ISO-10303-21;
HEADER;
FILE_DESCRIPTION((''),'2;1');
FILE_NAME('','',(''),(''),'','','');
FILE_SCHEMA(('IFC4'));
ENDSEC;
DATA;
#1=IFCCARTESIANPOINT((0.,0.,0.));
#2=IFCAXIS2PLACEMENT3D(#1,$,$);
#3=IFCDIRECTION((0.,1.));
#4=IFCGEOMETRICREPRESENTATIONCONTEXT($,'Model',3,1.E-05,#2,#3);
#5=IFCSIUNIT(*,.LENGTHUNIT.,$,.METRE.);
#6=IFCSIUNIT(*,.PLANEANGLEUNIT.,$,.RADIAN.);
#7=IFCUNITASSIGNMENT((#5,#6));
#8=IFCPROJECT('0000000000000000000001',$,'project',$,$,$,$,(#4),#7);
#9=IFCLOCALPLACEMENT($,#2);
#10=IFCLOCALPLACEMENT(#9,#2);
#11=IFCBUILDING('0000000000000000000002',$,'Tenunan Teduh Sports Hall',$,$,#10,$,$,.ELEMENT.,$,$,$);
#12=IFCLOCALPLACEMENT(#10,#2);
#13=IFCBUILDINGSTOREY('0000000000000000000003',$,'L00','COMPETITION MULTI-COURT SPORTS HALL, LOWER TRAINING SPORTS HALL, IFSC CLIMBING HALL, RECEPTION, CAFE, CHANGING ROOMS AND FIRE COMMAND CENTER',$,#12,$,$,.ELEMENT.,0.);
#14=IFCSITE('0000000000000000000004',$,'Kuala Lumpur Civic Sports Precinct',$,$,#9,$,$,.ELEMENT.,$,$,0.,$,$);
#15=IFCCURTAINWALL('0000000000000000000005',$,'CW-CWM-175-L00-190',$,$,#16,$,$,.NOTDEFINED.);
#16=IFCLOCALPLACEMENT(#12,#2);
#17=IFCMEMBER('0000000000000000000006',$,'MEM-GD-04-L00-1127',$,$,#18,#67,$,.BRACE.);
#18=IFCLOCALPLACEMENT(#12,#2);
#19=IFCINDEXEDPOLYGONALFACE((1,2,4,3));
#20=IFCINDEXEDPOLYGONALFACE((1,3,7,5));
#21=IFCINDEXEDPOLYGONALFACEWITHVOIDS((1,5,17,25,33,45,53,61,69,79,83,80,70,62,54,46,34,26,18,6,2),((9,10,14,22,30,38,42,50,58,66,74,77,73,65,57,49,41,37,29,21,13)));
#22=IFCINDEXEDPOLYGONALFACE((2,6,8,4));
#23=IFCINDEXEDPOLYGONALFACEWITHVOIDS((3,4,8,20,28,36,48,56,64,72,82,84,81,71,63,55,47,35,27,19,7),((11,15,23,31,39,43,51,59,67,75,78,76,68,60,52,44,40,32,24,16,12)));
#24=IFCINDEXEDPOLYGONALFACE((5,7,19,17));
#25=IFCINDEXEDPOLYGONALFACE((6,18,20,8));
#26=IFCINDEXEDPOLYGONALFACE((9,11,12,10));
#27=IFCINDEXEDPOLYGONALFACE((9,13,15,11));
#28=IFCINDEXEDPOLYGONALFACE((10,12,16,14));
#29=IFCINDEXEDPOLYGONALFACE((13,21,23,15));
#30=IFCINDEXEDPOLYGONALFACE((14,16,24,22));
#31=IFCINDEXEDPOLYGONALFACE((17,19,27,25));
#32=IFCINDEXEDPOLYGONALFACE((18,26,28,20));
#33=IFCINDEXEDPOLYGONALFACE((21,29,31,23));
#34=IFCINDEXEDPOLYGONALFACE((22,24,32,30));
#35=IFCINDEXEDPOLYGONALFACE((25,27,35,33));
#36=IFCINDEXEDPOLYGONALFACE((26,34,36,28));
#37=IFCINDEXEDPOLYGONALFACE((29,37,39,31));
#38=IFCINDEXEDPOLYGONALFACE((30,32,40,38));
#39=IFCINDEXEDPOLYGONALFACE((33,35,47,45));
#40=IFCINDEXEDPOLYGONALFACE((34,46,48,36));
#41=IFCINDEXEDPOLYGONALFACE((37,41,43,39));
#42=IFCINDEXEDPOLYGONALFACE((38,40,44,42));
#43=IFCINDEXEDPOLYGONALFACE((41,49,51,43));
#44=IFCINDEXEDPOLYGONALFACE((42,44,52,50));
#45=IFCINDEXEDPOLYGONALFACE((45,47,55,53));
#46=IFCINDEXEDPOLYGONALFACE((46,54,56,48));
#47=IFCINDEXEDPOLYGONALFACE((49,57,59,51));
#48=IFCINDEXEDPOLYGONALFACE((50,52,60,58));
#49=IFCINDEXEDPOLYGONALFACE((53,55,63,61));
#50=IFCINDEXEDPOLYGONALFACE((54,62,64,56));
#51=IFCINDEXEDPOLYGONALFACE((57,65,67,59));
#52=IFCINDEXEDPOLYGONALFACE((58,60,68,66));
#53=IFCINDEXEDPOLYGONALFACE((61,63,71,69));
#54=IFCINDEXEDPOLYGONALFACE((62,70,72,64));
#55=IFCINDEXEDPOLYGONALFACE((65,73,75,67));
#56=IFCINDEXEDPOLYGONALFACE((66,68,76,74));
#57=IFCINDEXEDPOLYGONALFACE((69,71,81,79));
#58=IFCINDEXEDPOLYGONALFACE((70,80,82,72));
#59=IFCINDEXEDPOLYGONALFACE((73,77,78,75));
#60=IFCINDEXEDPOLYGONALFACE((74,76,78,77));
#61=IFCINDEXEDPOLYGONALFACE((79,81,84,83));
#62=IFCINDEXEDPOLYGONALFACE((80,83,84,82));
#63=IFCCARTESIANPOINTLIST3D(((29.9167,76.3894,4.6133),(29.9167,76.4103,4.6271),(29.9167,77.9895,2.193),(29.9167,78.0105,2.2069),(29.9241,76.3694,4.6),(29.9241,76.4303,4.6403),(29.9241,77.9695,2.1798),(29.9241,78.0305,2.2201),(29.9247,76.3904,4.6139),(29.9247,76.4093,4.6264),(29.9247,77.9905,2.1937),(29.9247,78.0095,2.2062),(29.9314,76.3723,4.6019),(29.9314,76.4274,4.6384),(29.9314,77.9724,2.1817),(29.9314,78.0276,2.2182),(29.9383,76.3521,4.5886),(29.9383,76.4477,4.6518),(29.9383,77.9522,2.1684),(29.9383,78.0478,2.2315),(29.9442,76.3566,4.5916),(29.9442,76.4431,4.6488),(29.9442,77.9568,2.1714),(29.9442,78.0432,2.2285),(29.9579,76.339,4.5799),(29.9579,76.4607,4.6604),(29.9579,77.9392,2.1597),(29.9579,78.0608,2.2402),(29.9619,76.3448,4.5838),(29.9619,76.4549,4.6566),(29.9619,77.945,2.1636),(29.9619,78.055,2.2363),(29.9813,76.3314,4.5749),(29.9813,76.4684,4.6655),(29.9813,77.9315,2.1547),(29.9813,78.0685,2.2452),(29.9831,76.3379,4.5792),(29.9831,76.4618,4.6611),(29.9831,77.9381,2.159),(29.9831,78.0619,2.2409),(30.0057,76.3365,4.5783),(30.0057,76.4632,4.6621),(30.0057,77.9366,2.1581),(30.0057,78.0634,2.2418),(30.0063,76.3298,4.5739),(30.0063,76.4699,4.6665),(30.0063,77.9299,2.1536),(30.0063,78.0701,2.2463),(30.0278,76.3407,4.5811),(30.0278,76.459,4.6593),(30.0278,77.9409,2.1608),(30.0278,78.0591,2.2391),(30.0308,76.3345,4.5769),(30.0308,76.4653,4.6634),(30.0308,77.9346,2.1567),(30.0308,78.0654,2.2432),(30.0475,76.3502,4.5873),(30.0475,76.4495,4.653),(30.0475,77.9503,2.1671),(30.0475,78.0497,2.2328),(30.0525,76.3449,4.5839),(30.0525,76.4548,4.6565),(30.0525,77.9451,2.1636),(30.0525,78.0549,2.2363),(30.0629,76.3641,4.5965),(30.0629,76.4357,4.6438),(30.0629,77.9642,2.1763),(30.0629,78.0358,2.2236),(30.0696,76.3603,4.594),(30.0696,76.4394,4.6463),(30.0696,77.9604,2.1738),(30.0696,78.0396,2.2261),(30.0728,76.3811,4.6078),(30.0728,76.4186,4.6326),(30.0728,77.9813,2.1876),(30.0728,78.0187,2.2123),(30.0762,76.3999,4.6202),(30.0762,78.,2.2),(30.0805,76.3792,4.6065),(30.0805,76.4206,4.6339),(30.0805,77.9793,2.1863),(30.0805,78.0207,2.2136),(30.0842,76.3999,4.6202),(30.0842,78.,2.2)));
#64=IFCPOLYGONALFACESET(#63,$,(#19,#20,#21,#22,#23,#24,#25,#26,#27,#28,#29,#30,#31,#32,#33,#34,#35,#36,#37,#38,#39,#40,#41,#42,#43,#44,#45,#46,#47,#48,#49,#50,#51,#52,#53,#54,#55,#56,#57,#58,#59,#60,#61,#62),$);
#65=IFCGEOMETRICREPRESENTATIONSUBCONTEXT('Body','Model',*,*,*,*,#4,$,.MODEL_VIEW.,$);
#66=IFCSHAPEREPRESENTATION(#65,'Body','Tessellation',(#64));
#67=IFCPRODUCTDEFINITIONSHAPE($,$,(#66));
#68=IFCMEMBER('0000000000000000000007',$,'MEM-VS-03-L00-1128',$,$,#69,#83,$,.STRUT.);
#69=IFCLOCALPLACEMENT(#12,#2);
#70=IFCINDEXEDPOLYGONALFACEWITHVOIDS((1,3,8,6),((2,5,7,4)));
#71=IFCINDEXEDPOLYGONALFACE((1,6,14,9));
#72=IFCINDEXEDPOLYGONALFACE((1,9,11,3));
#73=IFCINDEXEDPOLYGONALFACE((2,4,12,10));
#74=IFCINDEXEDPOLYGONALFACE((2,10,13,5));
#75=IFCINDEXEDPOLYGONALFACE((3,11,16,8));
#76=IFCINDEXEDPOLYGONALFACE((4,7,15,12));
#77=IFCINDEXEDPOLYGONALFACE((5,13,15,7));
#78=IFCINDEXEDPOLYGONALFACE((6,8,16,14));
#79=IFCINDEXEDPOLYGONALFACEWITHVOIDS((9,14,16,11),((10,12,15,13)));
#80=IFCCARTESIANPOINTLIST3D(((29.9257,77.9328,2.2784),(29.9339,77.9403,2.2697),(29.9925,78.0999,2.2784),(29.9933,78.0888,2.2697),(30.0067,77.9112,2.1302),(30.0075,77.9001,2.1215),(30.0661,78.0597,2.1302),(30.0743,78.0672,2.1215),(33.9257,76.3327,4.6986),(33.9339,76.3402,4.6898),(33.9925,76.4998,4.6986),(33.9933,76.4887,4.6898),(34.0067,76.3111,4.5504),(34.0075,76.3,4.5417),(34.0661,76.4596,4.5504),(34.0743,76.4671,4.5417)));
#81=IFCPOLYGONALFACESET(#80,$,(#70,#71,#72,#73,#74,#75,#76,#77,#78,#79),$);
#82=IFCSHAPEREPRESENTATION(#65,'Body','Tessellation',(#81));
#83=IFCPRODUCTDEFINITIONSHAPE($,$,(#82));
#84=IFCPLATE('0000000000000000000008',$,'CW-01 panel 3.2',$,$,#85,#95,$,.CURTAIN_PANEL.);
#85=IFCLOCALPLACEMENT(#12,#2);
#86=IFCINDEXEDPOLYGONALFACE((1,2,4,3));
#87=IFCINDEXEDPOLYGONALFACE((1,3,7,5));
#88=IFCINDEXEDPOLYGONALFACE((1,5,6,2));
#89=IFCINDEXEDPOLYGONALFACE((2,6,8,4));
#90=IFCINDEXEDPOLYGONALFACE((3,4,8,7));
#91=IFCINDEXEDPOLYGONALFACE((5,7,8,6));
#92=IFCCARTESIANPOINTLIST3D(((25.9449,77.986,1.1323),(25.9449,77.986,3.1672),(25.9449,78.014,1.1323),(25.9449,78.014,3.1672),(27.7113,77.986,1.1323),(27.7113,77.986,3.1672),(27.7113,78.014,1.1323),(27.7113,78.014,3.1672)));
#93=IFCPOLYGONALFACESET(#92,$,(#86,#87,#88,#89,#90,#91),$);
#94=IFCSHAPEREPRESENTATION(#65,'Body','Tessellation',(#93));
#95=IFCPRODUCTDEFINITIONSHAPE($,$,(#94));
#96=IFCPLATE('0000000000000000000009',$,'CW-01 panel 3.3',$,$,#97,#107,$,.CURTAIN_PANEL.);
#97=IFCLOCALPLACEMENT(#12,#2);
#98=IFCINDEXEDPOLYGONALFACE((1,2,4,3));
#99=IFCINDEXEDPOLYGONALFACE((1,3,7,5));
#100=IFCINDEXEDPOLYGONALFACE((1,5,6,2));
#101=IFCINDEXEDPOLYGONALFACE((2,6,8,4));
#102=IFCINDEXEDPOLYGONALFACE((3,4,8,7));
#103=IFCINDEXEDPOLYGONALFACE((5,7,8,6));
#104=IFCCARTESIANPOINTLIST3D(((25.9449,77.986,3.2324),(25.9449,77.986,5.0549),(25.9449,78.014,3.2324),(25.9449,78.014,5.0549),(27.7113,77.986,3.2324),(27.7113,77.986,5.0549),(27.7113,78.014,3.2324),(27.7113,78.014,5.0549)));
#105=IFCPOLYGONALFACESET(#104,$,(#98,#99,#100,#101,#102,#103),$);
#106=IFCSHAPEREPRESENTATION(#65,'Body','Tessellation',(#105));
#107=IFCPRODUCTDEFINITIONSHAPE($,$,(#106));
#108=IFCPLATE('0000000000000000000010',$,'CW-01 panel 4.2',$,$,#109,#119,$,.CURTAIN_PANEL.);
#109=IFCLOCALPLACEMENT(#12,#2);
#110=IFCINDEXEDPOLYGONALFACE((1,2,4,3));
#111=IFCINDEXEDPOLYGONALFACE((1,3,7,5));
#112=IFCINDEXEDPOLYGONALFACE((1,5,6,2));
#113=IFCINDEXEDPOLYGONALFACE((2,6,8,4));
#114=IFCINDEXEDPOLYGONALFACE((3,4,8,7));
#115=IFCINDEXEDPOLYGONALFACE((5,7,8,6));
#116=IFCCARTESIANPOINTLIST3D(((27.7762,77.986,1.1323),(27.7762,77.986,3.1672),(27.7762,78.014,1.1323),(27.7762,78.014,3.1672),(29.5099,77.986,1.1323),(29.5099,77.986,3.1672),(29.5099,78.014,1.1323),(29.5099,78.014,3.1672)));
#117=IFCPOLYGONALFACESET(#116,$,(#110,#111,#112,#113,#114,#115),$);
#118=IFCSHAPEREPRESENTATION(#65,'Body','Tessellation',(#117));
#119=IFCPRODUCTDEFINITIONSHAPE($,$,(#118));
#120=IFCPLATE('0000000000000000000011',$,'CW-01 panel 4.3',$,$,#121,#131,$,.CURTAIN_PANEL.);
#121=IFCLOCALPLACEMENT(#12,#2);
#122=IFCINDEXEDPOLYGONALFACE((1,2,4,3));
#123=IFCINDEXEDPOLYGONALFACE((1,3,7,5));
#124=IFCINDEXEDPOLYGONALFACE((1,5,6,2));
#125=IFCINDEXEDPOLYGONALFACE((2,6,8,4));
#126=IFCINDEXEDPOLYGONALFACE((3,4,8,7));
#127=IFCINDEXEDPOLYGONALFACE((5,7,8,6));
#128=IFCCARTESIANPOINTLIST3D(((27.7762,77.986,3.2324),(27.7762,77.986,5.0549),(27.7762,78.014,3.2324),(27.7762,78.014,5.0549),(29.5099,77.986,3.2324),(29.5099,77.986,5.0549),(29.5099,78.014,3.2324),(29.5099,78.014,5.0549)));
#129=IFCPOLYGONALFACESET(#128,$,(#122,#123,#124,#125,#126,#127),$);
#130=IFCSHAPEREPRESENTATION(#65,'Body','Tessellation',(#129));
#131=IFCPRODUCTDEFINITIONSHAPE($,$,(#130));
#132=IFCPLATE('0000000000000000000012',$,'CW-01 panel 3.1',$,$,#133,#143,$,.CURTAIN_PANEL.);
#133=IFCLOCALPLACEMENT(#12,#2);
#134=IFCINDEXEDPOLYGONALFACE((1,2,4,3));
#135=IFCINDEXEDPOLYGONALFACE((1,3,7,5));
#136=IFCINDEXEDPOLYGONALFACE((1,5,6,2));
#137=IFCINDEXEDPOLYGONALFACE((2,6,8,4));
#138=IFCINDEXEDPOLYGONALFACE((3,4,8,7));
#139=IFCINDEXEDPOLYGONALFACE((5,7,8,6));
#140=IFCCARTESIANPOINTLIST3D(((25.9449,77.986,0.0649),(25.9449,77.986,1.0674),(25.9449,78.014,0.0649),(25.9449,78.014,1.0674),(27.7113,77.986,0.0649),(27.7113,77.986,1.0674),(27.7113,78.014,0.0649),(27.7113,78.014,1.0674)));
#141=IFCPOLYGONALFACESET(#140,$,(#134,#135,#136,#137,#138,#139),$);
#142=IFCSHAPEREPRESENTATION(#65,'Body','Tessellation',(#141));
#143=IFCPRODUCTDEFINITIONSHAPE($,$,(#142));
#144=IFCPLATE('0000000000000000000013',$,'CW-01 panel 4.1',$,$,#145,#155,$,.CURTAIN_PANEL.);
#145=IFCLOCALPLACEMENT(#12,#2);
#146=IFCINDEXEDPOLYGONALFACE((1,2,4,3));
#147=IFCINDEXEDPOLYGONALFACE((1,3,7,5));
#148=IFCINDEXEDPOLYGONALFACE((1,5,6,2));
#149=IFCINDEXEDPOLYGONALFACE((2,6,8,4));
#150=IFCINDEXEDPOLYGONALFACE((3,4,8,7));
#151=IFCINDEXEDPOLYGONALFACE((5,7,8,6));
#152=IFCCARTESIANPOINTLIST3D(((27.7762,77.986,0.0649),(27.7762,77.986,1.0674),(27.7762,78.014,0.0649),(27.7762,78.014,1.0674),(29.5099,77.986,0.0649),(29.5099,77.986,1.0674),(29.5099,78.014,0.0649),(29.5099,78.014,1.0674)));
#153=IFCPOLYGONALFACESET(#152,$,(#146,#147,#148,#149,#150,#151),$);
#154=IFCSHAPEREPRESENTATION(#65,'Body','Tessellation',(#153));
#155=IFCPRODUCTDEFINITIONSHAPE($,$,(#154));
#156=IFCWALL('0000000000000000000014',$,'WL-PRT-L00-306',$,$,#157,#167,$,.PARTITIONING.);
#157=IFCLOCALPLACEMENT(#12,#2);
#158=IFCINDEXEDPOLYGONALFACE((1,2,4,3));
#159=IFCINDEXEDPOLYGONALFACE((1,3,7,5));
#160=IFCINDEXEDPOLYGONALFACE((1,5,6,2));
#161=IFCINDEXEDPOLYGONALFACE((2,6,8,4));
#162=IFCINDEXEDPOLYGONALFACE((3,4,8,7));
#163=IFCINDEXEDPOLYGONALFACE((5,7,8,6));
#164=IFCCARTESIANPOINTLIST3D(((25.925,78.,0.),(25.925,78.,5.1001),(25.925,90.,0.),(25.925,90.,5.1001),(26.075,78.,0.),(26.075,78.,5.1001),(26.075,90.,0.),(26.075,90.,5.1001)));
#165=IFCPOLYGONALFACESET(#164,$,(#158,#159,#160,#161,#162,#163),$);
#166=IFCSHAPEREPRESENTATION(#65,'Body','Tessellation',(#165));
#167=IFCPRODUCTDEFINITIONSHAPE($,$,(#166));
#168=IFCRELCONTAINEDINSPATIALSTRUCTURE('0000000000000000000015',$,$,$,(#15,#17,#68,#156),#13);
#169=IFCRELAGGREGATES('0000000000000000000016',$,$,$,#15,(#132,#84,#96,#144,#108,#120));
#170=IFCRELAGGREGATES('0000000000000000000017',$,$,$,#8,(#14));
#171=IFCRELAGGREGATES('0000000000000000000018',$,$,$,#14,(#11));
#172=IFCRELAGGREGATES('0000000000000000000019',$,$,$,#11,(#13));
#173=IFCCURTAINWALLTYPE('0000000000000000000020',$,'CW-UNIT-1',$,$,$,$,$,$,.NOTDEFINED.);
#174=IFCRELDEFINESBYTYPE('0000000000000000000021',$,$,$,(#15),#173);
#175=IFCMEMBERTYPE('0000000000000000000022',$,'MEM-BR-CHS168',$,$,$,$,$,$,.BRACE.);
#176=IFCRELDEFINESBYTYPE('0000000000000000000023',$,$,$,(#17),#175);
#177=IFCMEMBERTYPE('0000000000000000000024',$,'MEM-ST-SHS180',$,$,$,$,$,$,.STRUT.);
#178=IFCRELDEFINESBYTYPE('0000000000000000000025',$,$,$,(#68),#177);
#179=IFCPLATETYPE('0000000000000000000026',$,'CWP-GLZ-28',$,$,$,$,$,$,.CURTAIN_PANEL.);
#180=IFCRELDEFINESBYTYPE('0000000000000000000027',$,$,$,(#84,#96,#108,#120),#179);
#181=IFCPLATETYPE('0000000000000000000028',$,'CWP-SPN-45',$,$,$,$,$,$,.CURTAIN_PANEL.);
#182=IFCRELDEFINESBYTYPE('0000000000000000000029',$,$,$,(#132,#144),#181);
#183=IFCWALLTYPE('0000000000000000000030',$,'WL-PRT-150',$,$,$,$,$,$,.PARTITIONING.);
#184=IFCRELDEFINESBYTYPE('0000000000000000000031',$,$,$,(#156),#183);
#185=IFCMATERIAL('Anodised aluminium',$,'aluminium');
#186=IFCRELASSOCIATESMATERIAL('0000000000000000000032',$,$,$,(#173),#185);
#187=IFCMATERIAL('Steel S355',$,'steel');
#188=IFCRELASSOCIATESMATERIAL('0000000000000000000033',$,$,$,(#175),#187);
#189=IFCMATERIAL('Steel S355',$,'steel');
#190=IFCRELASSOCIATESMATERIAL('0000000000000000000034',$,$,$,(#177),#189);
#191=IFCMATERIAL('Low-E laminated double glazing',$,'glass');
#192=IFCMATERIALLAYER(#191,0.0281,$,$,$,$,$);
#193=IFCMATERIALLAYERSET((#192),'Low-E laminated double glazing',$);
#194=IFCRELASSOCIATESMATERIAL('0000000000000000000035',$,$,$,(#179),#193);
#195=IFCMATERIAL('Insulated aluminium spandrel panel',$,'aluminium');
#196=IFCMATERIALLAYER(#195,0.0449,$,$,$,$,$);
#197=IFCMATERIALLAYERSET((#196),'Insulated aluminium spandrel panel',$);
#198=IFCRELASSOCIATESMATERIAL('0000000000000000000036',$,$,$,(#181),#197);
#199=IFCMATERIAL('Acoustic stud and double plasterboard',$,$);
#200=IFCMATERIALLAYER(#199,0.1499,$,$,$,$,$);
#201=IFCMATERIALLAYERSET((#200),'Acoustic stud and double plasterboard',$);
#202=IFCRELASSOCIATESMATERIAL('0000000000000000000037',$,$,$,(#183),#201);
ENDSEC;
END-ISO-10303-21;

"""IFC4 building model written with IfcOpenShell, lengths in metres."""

from ifc_helpers import new_model, si_unit, direction, frame, frame_2d, origin, origin_2d, place, context, subcontext, project, spatial, rectangle, hollow_rectangle, hollow_circle, extrude, material, layer, layer_set, material_profile, profile_set, type_object, element, aggregate, save


model = new_model("IFC4")

# Units and contexts
model_context = context("Model", 3, precision=1e-05, world=origin(), true_north=direction((0.0, 1.0)))
body_context = subcontext(model_context, "Body", "Model", "MODEL_VIEW")
ifc_project = project(units=[si_unit("LENGTHUNIT", "METRE"), si_unit("PLANEANGLEUNIT", "RADIAN")], contexts=[model_context])

# Site, building, storey
site_placement = place(None, origin())
site = spatial("IfcSite", under=ifc_project, at=site_placement, Name="Kuala Lumpur Civic Sports Precinct", CompositionType="ELEMENT", RefElevation=0.0)
building_placement = place(site_placement, origin())
building = spatial("IfcBuilding", under=site, at=building_placement, Name="Tenunan Teduh Sports Hall", CompositionType="ELEMENT")
storey_placement = place(building_placement, origin())
storey = spatial("IfcBuildingStorey", under=building, at=storey_placement, Name="L00", Description="COMPETITION MULTI-COURT SPORTS HALL, LOWER TRAINING SPORTS HALL, IFSC CLIMBING HALL, RECEPTION, CAFE, CHANGING ROOMS AND FIRE COMMAND CENTER", CompositionType="ELEMENT", Elevation=0.0)

# Curtain wall
ifc_material_1 = material(Name="Anodised aluminium", Category="aluminium")
curtain_wall_type = type_object("IfcCurtainWallType", Name="CW-UNIT-1", PredefinedType="NOTDEFINED", material=ifc_material_1)
curtain_wall_placement = place(storey_placement, origin())
curtain_wall = element("IfcCurtainWall", 1, at=curtain_wall_placement, inside=storey, type_object=curtain_wall_type, Name="CW-CWM-175-L00-190", PredefinedType="NOTDEFINED")

# Members
ifc_material_2 = material(Name="Steel S355", Category="steel")
ifc_material_profile_1 = material_profile(ifc_material_2, hollow_circle(Radius=0.0842, WallThickness=0.0081, at=origin_2d()), Name="CHS 168.3x8.0")
ifc_profile_set_1 = profile_set([ifc_material_profile_1], Name="Steel S355")
member_type_1 = type_object("IfcMemberType", Name="MEM-BR-CHS168", PredefinedType="BRACE", material=ifc_profile_set_1)
member_1_placement = place(storey_placement, frame((30.0, 78.0, 2.2), z_axis=(0.0, -0.551511, 0.834167), x_axis=(1.0, 0.0, 0.0)))
element("IfcMember", 2, at=member_1_placement, inside=storey, type_object=member_type_1, Name="MEM-GD-04-L00-1127", PredefinedType="BRACE", context=body_context, shape_type="SweptSolid", body=[
    extrude(hollow_circle(Radius=0.0842, WallThickness=0.0081, at=origin_2d()), origin(), (0.0, 0.0, 1.0), 2.9014),
])
ifc_material_3 = material(Name="Steel S355", Category="steel")
ifc_material_profile_2 = material_profile(ifc_material_3, hollow_rectangle(XDim=0.1799, YDim=0.1799, WallThickness=0.01, at=origin_2d()), Name="SHS 180x180x10.0")
ifc_profile_set_2 = profile_set([ifc_material_profile_2], Name="Steel S355")
member_type_2 = type_object("IfcMemberType", Name="MEM-ST-SHS180", PredefinedType="STRUT", material=ifc_profile_set_2)
member_2_placement = place(storey_placement, frame((30.0, 78.0, 2.2), z_axis=(0.809486, -0.323814, 0.489773), x_axis=(0.37141, 0.928469, 0.0)))
element("IfcMember", 3, at=member_2_placement, inside=storey, type_object=member_type_2, Name="MEM-VS-03-L00-1128", PredefinedType="STRUT", context=body_context, shape_type="SweptSolid", body=[
    extrude(hollow_rectangle(XDim=0.1799, YDim=0.1799, WallThickness=0.01, at=origin_2d()), origin(), (0.0, 0.0, 1.0), 4.9414),
])

# Plates
ifc_material_4 = material(Name="Low-E laminated double glazing", Category="glass")
ifc_layer_1 = layer(ifc_material_4, 0.0281)
ifc_layer_set_1 = layer_set([ifc_layer_1], Name="Low-E laminated double glazing")
plate_type_1 = type_object("IfcPlateType", Name="CWP-GLZ-28", PredefinedType="CURTAIN_PANEL", material=ifc_layer_set_1)
plate_1_placement = place(storey_placement, frame((26.8281, 78.0, 1.1323), z_axis=(0.0, 0.0, 1.0), x_axis=(1.0, 0.0, 0.0)))
plate_1 = element("IfcPlate", 4, at=plate_1_placement, type_object=plate_type_1, Name="CW-01 panel 3.2", PredefinedType="CURTAIN_PANEL", context=body_context, shape_type="SweptSolid", body=[
    extrude(rectangle(XDim=1.7664, YDim=0.0281, at=origin_2d()), origin(), (0.0, 0.0, 1.0), 2.0349),
])
plate_2_placement = place(storey_placement, frame((26.8281, 78.0, 3.2324), z_axis=(0.0, 0.0, 1.0), x_axis=(1.0, 0.0, 0.0)))
plate_2 = element("IfcPlate", 5, at=plate_2_placement, type_object=plate_type_1, Name="CW-01 panel 3.3", PredefinedType="CURTAIN_PANEL", context=body_context, shape_type="SweptSolid", body=[
    extrude(rectangle(XDim=1.7664, YDim=0.0281, at=origin_2d()), origin(), (0.0, 0.0, 1.0), 1.8225),
])
plate_3_placement = place(storey_placement, frame((28.6431, 78.0, 1.1323), z_axis=(0.0, 0.0, 1.0), x_axis=(1.0, 0.0, 0.0)))
plate_3 = element("IfcPlate", 6, at=plate_3_placement, type_object=plate_type_1, Name="CW-01 panel 4.2", PredefinedType="CURTAIN_PANEL", context=body_context, shape_type="SweptSolid", body=[
    extrude(rectangle(XDim=1.7336, YDim=0.0281, at=origin_2d()), origin(), (0.0, 0.0, 1.0), 2.0349),
])
plate_4_placement = place(storey_placement, frame((28.6431, 78.0, 3.2324), z_axis=(0.0, 0.0, 1.0), x_axis=(1.0, 0.0, 0.0)))
plate_4 = element("IfcPlate", 7, at=plate_4_placement, type_object=plate_type_1, Name="CW-01 panel 4.3", PredefinedType="CURTAIN_PANEL", context=body_context, shape_type="SweptSolid", body=[
    extrude(rectangle(XDim=1.7336, YDim=0.0281, at=origin_2d()), origin(), (0.0, 0.0, 1.0), 1.8225),
])
ifc_material_5 = material(Name="Insulated aluminium spandrel panel", Category="aluminium")
ifc_layer_2 = layer(ifc_material_5, 0.0449)
ifc_layer_set_2 = layer_set([ifc_layer_2], Name="Insulated aluminium spandrel panel")
plate_type_2 = type_object("IfcPlateType", Name="CWP-SPN-45", PredefinedType="CURTAIN_PANEL", material=ifc_layer_set_2)
plate_5_placement = place(storey_placement, frame((26.8281, 78.0, 0.0649), z_axis=(0.0, 0.0, 1.0), x_axis=(1.0, 0.0, 0.0)))
plate_5 = element("IfcPlate", 8, at=plate_5_placement, type_object=plate_type_2, Name="CW-01 panel 3.1", PredefinedType="CURTAIN_PANEL", context=body_context, shape_type="SweptSolid", body=[
    extrude(rectangle(XDim=1.7664, YDim=0.0281, at=origin_2d()), origin(), (0.0, 0.0, 1.0), 1.0024),
])
plate_6_placement = place(storey_placement, frame((28.6431, 78.0, 0.0649), z_axis=(0.0, 0.0, 1.0), x_axis=(1.0, 0.0, 0.0)))
plate_6 = element("IfcPlate", 9, at=plate_6_placement, type_object=plate_type_2, Name="CW-01 panel 4.1", PredefinedType="CURTAIN_PANEL", context=body_context, shape_type="SweptSolid", body=[
    extrude(rectangle(XDim=1.7336, YDim=0.0281, at=origin_2d()), origin(), (0.0, 0.0, 1.0), 1.0024),
])
aggregate(curtain_wall, [plate_5, plate_1, plate_2, plate_6, plate_3, plate_4])

# Wall
ifc_material_6 = material(Name="Acoustic stud and double plasterboard")
ifc_layer_3 = layer(ifc_material_6, 0.1499)
ifc_layer_set_3 = layer_set([ifc_layer_3], Name="Acoustic stud and double plasterboard")
wall_type = type_object("IfcWallType", Name="WL-PRT-150", PredefinedType="PARTITIONING", material=ifc_layer_set_3)
wall_placement = place(storey_placement, frame((26.0, 78.0, 0.0), z_axis=(0.0, 0.0, 1.0), x_axis=(0.0, 1.0, 0.0)))
element("IfcWall", 10, at=wall_placement, inside=storey, type_object=wall_type, Name="WL-PRT-L00-306", PredefinedType="PARTITIONING", context=body_context, shape_type="SweptSolid", body=[
    extrude(rectangle(XDim=12.0, YDim=0.1499, at=frame_2d((6.0, 0.0))), origin(), (0.0, 0.0, 1.0), 5.1001),
])

save(model, "model.ifc")
